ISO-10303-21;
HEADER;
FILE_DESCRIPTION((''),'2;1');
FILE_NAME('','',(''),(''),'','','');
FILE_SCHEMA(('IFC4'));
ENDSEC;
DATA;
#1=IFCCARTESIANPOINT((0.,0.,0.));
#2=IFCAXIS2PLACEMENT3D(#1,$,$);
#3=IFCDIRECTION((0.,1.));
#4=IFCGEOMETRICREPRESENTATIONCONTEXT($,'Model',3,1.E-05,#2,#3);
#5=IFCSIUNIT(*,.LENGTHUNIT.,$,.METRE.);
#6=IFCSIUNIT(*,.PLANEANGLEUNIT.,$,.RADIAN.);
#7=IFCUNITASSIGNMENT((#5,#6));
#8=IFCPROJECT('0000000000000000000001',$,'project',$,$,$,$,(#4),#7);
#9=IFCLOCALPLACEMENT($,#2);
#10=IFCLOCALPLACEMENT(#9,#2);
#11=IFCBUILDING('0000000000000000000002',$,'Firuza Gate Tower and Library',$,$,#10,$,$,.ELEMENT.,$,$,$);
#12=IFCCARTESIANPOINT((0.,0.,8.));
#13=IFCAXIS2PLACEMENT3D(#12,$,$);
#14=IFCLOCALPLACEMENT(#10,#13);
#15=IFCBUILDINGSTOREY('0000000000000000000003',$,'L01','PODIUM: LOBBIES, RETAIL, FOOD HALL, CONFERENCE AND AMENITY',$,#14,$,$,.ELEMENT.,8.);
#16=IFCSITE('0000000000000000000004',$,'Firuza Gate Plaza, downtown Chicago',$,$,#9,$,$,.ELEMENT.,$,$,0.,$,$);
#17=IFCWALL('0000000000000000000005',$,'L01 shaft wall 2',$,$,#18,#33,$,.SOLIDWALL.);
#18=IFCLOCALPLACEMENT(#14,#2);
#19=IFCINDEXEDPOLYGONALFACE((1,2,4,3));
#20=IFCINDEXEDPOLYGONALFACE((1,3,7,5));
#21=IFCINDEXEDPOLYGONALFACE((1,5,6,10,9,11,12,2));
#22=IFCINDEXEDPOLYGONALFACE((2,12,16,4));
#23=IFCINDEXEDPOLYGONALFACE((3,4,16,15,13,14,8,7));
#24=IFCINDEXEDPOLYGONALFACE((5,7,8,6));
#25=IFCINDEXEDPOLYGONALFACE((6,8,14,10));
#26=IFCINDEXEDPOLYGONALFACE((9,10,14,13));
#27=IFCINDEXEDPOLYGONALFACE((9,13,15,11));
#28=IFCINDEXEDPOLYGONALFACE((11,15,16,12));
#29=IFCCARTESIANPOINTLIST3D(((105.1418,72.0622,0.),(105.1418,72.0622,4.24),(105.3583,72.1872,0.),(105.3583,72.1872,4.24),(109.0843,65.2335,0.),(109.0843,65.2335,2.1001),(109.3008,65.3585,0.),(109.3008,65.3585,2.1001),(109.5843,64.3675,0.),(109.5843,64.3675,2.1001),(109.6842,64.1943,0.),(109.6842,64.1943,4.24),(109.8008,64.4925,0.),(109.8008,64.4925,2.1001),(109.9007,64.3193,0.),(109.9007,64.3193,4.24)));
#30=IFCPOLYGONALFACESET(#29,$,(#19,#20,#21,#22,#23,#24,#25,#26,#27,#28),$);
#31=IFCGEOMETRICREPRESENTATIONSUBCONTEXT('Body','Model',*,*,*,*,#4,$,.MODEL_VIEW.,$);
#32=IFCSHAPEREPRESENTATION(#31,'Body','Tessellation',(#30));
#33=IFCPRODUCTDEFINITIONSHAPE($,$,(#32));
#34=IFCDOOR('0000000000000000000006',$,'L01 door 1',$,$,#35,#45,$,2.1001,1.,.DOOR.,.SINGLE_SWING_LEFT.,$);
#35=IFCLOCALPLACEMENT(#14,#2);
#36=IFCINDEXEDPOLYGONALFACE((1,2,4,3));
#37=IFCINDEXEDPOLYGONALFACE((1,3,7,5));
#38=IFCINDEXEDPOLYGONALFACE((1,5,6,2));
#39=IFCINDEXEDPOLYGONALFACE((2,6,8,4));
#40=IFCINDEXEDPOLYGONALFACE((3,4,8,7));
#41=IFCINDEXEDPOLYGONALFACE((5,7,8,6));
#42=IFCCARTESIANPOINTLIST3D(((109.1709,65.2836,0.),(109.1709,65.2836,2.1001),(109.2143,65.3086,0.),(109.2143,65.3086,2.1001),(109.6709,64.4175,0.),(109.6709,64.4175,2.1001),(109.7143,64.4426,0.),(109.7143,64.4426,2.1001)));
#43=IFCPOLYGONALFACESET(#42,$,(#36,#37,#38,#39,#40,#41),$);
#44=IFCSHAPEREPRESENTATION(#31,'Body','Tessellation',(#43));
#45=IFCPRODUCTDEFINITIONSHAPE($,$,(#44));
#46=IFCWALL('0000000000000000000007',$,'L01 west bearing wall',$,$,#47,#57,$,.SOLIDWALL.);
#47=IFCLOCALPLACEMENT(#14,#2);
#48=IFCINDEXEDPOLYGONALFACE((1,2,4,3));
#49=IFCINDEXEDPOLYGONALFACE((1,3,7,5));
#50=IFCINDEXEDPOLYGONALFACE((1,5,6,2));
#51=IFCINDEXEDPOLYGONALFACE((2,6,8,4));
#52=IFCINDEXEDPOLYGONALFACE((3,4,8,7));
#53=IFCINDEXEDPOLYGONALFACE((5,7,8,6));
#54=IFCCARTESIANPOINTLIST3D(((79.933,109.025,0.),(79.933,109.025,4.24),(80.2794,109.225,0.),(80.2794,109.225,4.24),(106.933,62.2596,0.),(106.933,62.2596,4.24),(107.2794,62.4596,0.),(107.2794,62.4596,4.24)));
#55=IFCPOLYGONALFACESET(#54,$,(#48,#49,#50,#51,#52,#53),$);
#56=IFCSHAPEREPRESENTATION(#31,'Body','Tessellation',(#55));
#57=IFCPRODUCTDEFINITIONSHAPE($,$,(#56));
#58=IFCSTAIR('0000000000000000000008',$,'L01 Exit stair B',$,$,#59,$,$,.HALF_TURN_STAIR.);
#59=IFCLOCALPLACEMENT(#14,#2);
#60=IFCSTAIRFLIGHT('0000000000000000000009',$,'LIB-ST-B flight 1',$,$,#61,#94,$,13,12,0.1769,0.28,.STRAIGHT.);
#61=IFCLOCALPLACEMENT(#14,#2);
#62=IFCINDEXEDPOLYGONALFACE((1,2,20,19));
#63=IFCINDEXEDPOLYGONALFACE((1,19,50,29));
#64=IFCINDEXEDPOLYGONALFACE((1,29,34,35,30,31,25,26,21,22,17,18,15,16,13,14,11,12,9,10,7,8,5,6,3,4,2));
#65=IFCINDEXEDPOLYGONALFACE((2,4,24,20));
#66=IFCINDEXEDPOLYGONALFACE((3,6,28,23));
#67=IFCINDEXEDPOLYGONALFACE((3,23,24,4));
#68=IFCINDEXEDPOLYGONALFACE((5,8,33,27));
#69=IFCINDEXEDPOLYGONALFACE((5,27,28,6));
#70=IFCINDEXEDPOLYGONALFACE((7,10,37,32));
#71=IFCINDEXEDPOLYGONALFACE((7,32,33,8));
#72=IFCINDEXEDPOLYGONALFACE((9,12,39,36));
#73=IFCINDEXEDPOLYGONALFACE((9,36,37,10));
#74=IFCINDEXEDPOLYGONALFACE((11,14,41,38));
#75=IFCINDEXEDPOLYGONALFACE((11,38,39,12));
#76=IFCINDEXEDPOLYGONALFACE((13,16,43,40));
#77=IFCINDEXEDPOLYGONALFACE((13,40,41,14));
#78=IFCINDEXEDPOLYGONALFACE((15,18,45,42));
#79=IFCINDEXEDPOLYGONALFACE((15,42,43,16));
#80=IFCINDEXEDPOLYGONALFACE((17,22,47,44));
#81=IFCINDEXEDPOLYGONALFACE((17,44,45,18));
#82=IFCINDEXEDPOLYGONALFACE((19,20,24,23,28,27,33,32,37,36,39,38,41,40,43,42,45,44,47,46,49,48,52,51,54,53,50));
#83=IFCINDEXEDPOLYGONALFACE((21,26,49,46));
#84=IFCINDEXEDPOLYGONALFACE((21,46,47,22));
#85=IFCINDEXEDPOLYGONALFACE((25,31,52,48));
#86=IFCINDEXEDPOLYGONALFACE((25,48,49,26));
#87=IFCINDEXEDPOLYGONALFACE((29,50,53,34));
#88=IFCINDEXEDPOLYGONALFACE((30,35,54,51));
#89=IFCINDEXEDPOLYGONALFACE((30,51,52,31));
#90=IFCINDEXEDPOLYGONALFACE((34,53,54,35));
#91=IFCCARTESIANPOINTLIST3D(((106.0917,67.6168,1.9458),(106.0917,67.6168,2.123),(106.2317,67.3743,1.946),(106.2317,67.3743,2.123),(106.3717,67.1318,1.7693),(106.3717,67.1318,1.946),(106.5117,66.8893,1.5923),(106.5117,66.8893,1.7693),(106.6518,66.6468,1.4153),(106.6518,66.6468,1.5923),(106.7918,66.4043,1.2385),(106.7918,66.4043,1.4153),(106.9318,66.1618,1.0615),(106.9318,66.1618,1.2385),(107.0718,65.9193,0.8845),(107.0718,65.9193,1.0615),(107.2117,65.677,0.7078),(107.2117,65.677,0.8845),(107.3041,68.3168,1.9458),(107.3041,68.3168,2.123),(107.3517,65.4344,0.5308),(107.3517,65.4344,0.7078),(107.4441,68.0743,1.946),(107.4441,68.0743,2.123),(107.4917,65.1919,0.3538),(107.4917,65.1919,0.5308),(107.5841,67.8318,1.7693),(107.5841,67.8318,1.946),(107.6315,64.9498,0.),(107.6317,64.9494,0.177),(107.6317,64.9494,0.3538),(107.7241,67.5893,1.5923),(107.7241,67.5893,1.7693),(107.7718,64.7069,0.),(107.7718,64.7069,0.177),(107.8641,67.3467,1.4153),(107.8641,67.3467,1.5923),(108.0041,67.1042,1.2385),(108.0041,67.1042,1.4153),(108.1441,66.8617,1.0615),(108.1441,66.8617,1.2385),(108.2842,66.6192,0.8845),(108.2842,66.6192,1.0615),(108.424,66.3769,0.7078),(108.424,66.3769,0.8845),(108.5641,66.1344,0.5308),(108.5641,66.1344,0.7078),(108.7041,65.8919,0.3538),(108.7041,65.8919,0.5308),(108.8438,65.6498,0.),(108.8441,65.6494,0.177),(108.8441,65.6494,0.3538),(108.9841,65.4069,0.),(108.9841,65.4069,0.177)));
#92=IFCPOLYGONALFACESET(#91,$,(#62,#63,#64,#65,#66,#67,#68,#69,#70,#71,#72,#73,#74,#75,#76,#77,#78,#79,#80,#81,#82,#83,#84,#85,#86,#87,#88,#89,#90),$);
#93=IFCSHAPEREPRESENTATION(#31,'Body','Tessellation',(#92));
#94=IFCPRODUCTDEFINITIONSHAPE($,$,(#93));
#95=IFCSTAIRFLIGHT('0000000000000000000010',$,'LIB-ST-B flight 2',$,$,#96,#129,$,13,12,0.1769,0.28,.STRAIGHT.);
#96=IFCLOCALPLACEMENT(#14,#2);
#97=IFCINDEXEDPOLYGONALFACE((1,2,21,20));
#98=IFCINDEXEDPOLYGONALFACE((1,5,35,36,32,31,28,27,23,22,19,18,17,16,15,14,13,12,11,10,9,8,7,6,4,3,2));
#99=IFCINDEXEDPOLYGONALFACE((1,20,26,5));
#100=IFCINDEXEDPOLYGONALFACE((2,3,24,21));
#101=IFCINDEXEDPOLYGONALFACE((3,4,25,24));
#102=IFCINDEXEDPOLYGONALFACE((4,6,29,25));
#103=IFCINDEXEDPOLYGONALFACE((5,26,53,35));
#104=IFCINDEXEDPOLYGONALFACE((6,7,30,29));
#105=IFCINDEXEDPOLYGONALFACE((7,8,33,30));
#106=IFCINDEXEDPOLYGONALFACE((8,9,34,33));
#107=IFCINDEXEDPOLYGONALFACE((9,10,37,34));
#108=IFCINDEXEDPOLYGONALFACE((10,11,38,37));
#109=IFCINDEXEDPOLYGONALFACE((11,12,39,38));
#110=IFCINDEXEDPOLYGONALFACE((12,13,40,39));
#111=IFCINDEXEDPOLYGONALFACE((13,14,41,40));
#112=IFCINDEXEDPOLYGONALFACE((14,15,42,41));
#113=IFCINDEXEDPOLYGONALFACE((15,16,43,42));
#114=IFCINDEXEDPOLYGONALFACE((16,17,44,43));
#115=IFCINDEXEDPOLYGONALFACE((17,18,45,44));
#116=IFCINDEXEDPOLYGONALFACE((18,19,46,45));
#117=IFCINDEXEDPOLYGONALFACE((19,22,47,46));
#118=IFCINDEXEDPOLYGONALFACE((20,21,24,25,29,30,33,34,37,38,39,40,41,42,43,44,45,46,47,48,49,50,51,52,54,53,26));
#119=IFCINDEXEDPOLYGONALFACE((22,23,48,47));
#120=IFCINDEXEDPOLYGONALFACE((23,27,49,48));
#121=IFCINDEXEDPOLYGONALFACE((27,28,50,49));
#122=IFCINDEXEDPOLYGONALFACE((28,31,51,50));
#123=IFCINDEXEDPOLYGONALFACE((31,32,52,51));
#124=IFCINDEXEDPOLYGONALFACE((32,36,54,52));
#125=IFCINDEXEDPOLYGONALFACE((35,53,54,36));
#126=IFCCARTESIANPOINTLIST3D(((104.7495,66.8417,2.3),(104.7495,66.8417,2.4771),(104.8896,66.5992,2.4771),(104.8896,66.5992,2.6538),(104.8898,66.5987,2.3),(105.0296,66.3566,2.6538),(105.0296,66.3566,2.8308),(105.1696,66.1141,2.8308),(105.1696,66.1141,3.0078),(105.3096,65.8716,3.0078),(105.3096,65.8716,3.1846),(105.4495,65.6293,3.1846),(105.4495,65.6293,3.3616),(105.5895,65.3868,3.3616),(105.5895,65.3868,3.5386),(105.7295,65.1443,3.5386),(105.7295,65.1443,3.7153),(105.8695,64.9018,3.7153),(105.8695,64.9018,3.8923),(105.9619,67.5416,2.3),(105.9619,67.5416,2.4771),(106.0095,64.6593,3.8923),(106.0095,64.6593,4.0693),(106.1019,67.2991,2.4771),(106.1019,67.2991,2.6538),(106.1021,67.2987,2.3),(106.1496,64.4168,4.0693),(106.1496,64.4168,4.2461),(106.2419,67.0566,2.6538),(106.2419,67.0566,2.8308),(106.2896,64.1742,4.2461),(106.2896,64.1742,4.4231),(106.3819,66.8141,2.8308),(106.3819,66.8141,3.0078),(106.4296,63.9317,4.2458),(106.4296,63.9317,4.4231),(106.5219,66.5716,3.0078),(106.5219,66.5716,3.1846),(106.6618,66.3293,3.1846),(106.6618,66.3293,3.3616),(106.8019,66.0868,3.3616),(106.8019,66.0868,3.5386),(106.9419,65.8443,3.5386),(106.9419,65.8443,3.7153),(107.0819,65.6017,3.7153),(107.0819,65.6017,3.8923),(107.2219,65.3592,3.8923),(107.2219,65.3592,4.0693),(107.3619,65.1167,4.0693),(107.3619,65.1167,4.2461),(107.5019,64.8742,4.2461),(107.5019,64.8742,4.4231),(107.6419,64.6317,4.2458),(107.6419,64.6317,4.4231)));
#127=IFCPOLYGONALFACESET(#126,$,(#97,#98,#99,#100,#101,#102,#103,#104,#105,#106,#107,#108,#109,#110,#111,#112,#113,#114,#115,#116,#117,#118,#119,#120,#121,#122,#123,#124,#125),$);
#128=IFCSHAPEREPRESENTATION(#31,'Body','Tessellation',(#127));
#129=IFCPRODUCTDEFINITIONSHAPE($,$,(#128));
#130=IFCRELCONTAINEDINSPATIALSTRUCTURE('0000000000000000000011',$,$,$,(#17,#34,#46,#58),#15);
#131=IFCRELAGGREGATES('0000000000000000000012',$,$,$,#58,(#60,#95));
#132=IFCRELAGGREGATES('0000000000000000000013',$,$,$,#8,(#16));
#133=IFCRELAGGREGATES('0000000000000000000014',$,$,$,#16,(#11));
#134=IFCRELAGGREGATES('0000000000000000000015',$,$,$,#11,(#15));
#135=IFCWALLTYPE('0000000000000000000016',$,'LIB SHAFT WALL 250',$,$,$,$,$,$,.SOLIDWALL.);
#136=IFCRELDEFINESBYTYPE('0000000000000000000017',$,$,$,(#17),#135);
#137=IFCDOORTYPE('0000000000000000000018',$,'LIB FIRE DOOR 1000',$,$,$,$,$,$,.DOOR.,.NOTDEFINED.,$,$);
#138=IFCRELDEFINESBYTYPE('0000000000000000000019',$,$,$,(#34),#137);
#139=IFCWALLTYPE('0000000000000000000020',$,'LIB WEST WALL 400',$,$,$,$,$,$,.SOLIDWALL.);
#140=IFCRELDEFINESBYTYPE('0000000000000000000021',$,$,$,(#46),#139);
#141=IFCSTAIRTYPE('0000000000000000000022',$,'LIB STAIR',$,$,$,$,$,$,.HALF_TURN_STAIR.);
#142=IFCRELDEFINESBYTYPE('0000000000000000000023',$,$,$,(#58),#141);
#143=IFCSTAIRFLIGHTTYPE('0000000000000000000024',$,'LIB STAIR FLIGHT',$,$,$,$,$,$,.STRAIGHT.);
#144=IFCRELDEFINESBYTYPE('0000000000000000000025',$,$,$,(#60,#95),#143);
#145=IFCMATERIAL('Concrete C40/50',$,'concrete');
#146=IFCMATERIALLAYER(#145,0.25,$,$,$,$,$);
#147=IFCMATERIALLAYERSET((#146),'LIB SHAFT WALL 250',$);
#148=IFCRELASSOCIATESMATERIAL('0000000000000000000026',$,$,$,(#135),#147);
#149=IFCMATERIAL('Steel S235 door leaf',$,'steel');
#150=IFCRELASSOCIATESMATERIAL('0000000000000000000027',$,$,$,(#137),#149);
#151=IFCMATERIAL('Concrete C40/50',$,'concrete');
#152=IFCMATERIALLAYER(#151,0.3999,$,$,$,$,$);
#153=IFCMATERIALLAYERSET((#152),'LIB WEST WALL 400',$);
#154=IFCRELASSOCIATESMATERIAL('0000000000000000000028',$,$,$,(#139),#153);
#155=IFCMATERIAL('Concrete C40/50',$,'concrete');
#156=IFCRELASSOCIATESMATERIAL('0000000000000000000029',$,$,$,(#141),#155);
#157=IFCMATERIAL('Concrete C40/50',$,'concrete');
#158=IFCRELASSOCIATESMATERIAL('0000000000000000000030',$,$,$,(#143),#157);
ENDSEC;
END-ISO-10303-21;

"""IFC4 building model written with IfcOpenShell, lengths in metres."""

from ifc_helpers import new_model, si_unit, direction, frame, frame_2d, origin, place, context, subcontext, project, spatial, polyline, rectangle, outline, extrude, material, layer, layer_set, type_object, element, fill, aggregate, save


model = new_model("IFC4")

# Units and contexts
model_context = context("Model", 3, precision=1e-05, world=origin(), true_north=direction((0.0, 1.0)))
body_context = subcontext(model_context, "Body", "Model", "MODEL_VIEW")
ifc_project = project(units=[si_unit("LENGTHUNIT", "METRE"), si_unit("PLANEANGLEUNIT", "RADIAN")], contexts=[model_context])

# Site, building, storey
site_placement = place(None, origin())
site = spatial("IfcSite", under=ifc_project, at=site_placement, Name="Firuza Gate Plaza, downtown Chicago", CompositionType="ELEMENT", RefElevation=0.0)
building_placement = place(site_placement, origin())
building = spatial("IfcBuilding", under=site, at=building_placement, Name="Firuza Gate Tower and Library", CompositionType="ELEMENT")
storey_placement = place(building_placement, frame((0.0, 0.0, 8.0)))
storey = spatial("IfcBuildingStorey", under=building, at=storey_placement, Name="L01", Description="PODIUM: LOBBIES, RETAIL, FOOD HALL, CONFERENCE AND AMENITY", CompositionType="ELEMENT", Elevation=8.0)

# Shared definitions
placement = place(storey_placement, origin())

# Wall, opening, door
ifc_material_1 = material(Name="Concrete C40/50", Category="concrete")
ifc_layer_1 = layer(ifc_material_1, 0.25)
ifc_layer_set_1 = layer_set([ifc_layer_1], Name="LIB SHAFT WALL 250")
wall_type_1 = type_object("IfcWallType", Name="LIB SHAFT WALL 250", PredefinedType="SOLIDWALL", material=ifc_layer_set_1)
wall_1_placement = place(storey_placement, frame((109.7925, 64.2568, 0.0), z_axis=(0.0, 0.0, 1.0), x_axis=(-0.499995, 0.866029, 0.0)))
wall_1 = element("IfcWall", 1, at=wall_1_placement, inside=storey, type_object=wall_type_1, Name="L01 shaft wall 2", PredefinedType="SOLIDWALL", context=body_context, shape_type="SweptSolid", body=[
    extrude(rectangle(XDim=9.085, YDim=0.25, at=frame_2d((4.5425, 0.0))), origin(), (0.0, 0.0, 1.0), 4.24),
])
opening_placement = place(wall_1_placement, frame((0.2, 0.0, 0.0)))
opening = element("IfcOpeningElement", 2, at=opening_placement, cuts=wall_1, PredefinedType="OPENING", context=body_context, shape_type="SweptSolid", body=[
    extrude(rectangle(XDim=1.0, YDim=2.1001, at=frame_2d((0.5, 1.05))), frame((0.0, 0.135, 0.0), z_axis=(0.0, -1.0, 0.0), x_axis=(1.0, 0.0, 0.0)), (0.0, 0.0, 1.0), 0.27),
])
ifc_material_2 = material(Name="Steel S235 door leaf", Category="steel")
door_type = type_object("IfcDoorType", Name="LIB FIRE DOOR 1000", OperationType="NOTDEFINED", PredefinedType="DOOR", material=ifc_material_2)
door_placement = place(opening_placement, origin())
door = element("IfcDoor", 3, at=door_placement, inside=storey, type_object=door_type, Name="L01 door 1", OperationType="SINGLE_SWING_LEFT", OverallHeight=2.1001, OverallWidth=1.0, PredefinedType="DOOR", context=body_context, shape_type="SweptSolid", body=[
    extrude(rectangle(XDim=1.0, YDim=2.1001, at=frame_2d((0.5, 1.05))), frame((0.0, 0.0249, 0.0), z_axis=(0.0, -1.0, 0.0), x_axis=(1.0, 0.0, 0.0)), (0.0, 0.0, 1.0), 0.05),
])
fill(opening, door)

# Wall
ifc_material_3 = material(Name="Concrete C40/50", Category="concrete")
ifc_layer_2 = layer(ifc_material_3, 0.3999)
ifc_layer_set_2 = layer_set([ifc_layer_2], Name="LIB WEST WALL 400")
wall_type_2 = type_object("IfcWallType", Name="LIB WEST WALL 400", PredefinedType="SOLIDWALL", material=ifc_layer_set_2)
wall_2_placement = place(storey_placement, frame((107.1062, 62.3596, 0.0), z_axis=(0.0, 0.0, 1.0), x_axis=(-0.5, 0.866025, 0.0)))
element("IfcWall", 4, at=wall_2_placement, inside=storey, type_object=wall_type_2, Name="L01 west bearing wall", PredefinedType="SOLIDWALL", context=body_context, shape_type="SweptSolid", body=[
    extrude(rectangle(XDim=54.0, YDim=0.3999, at=frame_2d((27.0, 0.0))), origin(), (0.0, 0.0, 1.0), 4.24),
])

# Stair, stair flights
ifc_material_4 = material(Name="Concrete C40/50", Category="concrete")
stair_type = type_object("IfcStairType", Name="LIB STAIR", PredefinedType="HALF_TURN_STAIR", material=ifc_material_4)
stair = element("IfcStair", 5, at=placement, inside=storey, type_object=stair_type, Name="L01 Exit stair B", PredefinedType="HALF_TURN_STAIR")
ifc_material_5 = material(Name="Concrete C40/50", Category="concrete")
stair_flight_type = type_object("IfcStairFlightType", Name="LIB STAIR FLIGHT", PredefinedType="STRAIGHT", material=ifc_material_5)
stair_flight_1_placement = place(storey_placement, frame((108.3779, 65.0569, 0.0), z_axis=(0.0, 0.0, 1.0), x_axis=(-0.5, 0.866025, 0.0)))
stair_flight_1 = element("IfcStairFlight", 6, at=stair_flight_1_placement, type_object=stair_flight_type, Name="LIB-ST-B flight 1", NumberOfRisers=13, NumberOfTreads=12, PredefinedType="STRAIGHT", RiserHeight=0.1769, TreadLength=0.28, context=body_context, shape_type="SweptSolid", body=[
    extrude(outline(polyline([(0.0, 0.0), (0.0, 0.177), (0.28, 0.177), (0.28, 0.3538), (0.5601, 0.3538), (0.5601, 0.5308), (0.8401, 0.5308), (0.8401, 0.7078), (1.1201, 0.7078), (1.1201, 0.8845), (1.3999, 0.8845), (1.3999, 1.0615), (1.6799, 1.0615), (1.6799, 1.2385), (1.96, 1.2385), (1.96, 1.4153), (2.24, 1.4153), (2.24, 1.5923), (2.52, 1.5923), (2.52, 1.7693), (2.8, 1.7693), (2.8, 1.946), (3.0801, 1.946), (3.0801, 2.123), (3.3601, 2.123), (3.3601, 2.3), (3.3601, 1.9458), (0.2805, 0.0), (0.0, 0.0)])), frame((0.0, 0.7, 0.0), z_axis=(0.0, -1.0, 0.0), x_axis=(1.0, 0.0, 0.0)), (0.0, 0.0, 1.0), 1.3999),
])
stair_flight_2_placement = place(storey_placement, frame((105.3557, 67.1917, 2.3), z_axis=(0.0, 0.0, 1.0), x_axis=(0.5, -0.866025, 0.0)))
stair_flight_2 = element("IfcStairFlight", 7, at=stair_flight_2_placement, type_object=stair_flight_type, Name="LIB-ST-B flight 2", NumberOfRisers=13, NumberOfTreads=12, PredefinedType="STRAIGHT", RiserHeight=0.1769, TreadLength=0.28, context=body_context, shape_type="SweptSolid", body=[
    extrude(outline(polyline([(0.0, 0.0), (0.0, 0.177), (0.28, 0.177), (0.28, 0.3538), (0.5601, 0.3538), (0.5601, 0.5308), (0.8401, 0.5308), (0.8401, 0.7078), (1.1201, 0.7078), (1.1201, 0.8845), (1.3999, 0.8845), (1.3999, 1.0615), (1.6799, 1.0615), (1.6799, 1.2385), (1.96, 1.2385), (1.96, 1.4153), (2.24, 1.4153), (2.24, 1.5923), (2.52, 1.5923), (2.52, 1.7693), (2.8, 1.7693), (2.8, 1.946), (3.0801, 1.946), (3.0801, 2.123), (3.3601, 2.123), (3.3601, 2.3), (3.3601, 1.9458), (0.2805, 0.0), (0.0, 0.0)])), frame((0.0, 0.7, 0.0), z_axis=(0.0, -1.0, 0.0), x_axis=(1.0, 0.0, 0.0)), (0.0, 0.0, 1.0), 1.3999),
])
aggregate(stair, [stair_flight_1, stair_flight_2])

save(model, "model.ifc")
